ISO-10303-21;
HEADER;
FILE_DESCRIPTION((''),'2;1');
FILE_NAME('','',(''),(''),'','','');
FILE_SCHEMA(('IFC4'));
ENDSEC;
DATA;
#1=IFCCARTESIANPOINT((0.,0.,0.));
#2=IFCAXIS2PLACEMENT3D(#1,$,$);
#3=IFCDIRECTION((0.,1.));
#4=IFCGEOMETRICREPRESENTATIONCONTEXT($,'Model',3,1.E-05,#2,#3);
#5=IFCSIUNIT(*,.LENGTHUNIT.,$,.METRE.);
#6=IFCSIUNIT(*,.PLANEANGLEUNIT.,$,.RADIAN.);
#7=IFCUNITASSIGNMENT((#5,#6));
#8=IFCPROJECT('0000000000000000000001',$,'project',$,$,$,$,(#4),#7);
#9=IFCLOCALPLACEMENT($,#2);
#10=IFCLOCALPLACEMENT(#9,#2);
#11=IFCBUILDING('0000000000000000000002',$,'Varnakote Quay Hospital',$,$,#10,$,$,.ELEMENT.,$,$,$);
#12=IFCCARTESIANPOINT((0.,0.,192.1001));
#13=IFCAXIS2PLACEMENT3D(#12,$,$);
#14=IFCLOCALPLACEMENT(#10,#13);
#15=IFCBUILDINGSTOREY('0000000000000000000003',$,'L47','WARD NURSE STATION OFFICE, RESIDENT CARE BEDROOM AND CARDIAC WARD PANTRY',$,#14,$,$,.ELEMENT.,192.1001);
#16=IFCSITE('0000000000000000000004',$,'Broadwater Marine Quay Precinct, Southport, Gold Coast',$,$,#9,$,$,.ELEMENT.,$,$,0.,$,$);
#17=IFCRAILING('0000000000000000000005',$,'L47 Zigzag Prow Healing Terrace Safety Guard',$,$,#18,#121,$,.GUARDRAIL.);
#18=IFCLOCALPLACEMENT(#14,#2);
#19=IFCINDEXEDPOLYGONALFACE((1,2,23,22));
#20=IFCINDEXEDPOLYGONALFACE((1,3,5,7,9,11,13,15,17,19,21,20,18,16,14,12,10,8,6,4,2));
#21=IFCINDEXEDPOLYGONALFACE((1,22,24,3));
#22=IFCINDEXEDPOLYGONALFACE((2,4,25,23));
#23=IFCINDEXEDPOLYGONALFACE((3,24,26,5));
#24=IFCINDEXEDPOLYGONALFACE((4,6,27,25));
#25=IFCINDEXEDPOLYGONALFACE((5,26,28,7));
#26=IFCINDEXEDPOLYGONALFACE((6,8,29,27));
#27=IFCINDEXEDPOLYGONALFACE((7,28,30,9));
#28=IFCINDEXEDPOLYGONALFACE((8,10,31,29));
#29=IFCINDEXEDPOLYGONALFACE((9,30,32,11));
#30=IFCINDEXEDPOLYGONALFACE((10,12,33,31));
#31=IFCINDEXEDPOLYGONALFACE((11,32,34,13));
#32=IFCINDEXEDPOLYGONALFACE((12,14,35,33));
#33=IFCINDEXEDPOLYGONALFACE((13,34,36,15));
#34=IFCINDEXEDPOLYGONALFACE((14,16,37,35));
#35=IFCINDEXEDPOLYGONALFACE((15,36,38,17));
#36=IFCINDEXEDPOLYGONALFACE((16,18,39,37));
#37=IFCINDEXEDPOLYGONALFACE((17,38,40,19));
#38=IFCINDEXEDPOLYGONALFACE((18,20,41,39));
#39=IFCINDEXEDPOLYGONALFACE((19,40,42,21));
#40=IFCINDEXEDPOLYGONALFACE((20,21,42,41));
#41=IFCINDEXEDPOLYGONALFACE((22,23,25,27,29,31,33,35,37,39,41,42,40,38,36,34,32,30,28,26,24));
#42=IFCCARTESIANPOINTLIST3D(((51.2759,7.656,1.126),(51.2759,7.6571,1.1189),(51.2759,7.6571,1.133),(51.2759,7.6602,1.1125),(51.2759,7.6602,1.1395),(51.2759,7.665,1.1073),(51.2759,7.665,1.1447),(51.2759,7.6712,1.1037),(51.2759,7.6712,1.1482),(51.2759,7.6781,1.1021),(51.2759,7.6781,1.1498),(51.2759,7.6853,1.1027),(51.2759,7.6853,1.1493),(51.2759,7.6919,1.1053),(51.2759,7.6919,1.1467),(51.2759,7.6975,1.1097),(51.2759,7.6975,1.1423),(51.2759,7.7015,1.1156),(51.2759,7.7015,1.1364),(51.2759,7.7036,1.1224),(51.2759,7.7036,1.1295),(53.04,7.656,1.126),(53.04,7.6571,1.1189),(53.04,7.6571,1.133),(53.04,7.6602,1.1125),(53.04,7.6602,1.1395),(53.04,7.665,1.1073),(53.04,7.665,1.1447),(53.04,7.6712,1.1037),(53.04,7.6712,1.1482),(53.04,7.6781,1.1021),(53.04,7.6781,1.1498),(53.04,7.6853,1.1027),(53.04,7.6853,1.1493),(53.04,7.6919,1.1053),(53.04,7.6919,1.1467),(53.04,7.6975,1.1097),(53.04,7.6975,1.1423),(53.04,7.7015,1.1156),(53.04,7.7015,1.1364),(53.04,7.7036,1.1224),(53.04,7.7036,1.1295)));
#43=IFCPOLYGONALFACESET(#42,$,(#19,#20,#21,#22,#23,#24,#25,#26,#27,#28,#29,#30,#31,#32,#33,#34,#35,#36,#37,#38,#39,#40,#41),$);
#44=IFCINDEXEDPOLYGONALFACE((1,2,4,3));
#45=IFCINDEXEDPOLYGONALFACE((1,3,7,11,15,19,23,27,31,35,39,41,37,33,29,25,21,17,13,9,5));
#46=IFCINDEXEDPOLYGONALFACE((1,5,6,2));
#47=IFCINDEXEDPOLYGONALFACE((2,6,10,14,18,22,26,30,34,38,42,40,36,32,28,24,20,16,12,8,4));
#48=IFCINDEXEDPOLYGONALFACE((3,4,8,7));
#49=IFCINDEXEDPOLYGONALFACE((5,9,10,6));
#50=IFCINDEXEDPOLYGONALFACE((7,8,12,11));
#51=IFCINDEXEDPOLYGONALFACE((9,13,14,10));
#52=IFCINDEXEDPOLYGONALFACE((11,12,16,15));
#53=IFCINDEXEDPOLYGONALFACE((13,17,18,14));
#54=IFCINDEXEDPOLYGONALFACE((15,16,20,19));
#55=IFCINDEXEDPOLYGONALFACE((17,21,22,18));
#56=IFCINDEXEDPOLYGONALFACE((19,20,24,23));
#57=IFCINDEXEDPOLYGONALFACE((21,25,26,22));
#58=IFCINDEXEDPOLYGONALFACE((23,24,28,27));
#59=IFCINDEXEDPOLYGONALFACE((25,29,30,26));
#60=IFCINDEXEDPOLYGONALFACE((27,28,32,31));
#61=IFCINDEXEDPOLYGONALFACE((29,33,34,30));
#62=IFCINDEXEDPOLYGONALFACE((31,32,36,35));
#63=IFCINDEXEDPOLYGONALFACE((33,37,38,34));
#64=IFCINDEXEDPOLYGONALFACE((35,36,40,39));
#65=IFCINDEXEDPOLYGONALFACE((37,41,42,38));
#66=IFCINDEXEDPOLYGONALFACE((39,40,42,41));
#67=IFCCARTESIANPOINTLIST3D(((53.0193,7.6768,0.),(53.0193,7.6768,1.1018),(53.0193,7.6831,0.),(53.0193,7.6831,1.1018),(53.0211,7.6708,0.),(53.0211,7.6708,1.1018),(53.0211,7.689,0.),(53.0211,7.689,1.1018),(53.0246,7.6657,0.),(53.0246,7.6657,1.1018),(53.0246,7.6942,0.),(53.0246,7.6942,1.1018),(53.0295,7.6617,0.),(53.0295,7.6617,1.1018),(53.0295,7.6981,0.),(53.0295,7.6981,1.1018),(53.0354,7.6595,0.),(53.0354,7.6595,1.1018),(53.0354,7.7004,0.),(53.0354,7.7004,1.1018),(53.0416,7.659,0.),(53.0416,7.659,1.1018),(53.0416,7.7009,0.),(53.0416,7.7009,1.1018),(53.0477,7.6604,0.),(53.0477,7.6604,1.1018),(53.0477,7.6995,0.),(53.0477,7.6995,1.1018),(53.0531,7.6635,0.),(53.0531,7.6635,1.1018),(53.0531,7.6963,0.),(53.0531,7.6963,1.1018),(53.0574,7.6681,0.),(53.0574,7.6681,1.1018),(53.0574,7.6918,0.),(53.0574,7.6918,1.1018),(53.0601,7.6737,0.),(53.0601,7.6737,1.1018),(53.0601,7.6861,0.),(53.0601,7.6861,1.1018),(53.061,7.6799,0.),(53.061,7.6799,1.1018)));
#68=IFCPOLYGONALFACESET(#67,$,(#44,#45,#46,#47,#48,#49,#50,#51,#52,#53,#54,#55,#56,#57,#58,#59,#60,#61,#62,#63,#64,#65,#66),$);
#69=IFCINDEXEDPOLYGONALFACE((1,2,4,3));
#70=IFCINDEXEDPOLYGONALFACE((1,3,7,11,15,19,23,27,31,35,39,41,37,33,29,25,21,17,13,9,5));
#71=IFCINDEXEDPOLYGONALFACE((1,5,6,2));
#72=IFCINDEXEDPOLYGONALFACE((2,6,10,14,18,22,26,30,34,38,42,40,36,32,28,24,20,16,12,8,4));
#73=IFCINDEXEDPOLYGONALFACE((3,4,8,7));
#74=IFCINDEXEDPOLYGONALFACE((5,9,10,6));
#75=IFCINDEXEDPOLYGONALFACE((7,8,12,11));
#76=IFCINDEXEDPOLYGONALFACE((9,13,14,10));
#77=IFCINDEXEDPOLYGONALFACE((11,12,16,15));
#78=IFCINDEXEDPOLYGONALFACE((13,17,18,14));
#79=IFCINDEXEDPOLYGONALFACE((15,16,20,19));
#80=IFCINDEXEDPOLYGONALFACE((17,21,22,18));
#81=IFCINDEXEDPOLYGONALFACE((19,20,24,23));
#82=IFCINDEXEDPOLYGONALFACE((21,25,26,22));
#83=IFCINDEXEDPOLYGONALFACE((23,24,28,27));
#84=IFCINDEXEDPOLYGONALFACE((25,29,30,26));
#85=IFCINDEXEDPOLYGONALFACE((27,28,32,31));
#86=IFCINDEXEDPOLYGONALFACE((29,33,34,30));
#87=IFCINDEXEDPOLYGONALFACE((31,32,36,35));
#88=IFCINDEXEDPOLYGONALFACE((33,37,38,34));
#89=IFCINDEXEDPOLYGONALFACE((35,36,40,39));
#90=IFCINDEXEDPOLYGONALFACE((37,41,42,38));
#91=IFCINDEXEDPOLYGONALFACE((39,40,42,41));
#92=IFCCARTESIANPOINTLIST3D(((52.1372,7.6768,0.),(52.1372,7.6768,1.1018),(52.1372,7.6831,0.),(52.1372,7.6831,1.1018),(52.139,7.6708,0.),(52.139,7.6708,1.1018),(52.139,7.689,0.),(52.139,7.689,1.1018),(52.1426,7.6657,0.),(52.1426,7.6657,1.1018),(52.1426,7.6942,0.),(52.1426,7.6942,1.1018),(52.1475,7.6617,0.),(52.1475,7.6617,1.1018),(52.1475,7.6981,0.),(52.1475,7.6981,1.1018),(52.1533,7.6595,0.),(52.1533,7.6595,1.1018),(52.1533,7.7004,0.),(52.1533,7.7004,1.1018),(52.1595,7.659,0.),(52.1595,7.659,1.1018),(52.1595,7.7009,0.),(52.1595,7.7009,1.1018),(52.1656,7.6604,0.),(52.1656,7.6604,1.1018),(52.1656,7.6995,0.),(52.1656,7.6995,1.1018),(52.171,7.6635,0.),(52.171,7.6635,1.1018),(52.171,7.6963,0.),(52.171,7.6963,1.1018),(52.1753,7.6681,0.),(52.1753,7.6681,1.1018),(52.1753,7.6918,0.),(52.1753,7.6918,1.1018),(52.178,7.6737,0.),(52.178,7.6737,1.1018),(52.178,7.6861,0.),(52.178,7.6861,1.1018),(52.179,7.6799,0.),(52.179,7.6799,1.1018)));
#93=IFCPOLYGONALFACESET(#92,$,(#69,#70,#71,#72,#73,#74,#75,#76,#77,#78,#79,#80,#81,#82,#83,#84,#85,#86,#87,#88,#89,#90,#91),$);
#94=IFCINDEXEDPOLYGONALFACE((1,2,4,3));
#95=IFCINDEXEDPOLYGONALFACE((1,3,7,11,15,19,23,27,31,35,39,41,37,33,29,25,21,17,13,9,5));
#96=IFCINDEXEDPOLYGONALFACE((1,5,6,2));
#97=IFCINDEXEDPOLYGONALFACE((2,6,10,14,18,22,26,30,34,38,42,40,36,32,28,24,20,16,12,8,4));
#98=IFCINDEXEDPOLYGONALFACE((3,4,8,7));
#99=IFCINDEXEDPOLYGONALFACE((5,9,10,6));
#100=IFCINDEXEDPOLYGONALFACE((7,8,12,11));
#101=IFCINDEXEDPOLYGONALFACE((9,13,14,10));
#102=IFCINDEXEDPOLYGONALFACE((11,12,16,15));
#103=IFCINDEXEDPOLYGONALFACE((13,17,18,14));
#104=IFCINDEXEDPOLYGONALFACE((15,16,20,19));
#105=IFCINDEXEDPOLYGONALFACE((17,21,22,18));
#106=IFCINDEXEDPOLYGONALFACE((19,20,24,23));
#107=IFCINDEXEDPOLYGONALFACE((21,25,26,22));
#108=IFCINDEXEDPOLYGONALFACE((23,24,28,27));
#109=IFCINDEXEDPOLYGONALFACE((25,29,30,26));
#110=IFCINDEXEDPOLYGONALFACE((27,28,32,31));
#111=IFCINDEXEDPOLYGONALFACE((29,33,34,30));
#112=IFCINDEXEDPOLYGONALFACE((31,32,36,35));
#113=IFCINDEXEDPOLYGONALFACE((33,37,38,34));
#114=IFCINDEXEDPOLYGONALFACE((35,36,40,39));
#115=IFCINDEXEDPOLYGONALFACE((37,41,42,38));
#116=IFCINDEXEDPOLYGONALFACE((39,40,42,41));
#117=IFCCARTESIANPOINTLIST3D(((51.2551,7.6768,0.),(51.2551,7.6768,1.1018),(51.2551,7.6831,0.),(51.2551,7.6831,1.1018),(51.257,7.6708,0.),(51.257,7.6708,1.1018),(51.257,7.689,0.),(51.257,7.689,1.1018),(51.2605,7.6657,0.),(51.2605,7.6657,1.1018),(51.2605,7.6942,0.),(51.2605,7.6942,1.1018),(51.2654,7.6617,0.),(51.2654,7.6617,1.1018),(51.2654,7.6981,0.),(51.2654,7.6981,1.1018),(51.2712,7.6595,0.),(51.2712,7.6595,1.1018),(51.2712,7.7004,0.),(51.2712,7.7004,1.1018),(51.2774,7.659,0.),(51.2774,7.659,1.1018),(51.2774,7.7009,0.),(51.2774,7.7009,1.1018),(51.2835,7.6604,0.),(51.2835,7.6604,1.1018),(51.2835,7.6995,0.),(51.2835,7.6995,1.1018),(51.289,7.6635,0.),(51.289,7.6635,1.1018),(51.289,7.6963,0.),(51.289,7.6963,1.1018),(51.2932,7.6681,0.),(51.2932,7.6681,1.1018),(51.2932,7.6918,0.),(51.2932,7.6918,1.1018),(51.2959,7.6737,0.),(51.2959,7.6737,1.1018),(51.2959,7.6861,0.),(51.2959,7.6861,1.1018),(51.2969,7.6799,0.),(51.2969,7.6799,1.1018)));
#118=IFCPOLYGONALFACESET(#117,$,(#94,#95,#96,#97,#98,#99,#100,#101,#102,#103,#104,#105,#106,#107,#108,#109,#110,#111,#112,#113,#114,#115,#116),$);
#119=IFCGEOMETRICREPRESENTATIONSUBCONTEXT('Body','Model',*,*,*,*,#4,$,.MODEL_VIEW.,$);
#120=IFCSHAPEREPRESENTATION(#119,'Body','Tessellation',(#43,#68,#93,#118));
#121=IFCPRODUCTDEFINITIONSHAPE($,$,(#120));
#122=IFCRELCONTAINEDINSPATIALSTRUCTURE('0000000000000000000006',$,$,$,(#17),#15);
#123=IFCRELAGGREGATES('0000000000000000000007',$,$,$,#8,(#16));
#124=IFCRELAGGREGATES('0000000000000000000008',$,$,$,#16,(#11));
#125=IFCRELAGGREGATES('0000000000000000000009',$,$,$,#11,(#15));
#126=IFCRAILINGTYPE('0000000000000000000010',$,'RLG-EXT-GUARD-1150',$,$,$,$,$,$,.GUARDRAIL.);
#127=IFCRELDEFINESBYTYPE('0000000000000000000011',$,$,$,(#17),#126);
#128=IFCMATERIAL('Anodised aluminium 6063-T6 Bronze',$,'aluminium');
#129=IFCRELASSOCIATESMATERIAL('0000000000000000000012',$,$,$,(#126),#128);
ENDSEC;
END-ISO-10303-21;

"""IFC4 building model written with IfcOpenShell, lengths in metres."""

from ifc_helpers import new_model, si_unit, direction, frame, origin, origin_2d, place, context, subcontext, project, spatial, circle, extrude, material, type_object, element, save


model = new_model("IFC4")

# Units and contexts
model_context = context("Model", 3, precision=1e-05, world=origin(), true_north=direction((0.0, 1.0)))
body_context = subcontext(model_context, "Body", "Model", "MODEL_VIEW")
ifc_project = project(units=[si_unit("LENGTHUNIT", "METRE"), si_unit("PLANEANGLEUNIT", "RADIAN")], contexts=[model_context])

# Site, building, storey
site_placement = place(None, origin())
site = spatial("IfcSite", under=ifc_project, at=site_placement, Name="Broadwater Marine Quay Precinct, Southport, Gold Coast", CompositionType="ELEMENT", RefElevation=0.0)
building_placement = place(site_placement, origin())
building = spatial("IfcBuilding", under=site, at=building_placement, Name="Varnakote Quay Hospital", CompositionType="ELEMENT")
storey_placement = place(building_placement, frame((0.0, 0.0, 192.1001)))
storey = spatial("IfcBuildingStorey", under=building, at=storey_placement, Name="L47", Description="WARD NURSE STATION OFFICE, RESIDENT CARE BEDROOM AND CARDIAC WARD PANTRY", CompositionType="ELEMENT", Elevation=192.1001)

# Railing
ifc_material_1 = material(Name="Anodised aluminium 6063-T6 Bronze", Category="aluminium")
railing_type = type_object("IfcRailingType", Name="RLG-EXT-GUARD-1150", PredefinedType="GUARDRAIL", material=ifc_material_1)
railing_1_placement = place(storey_placement, frame((53.04, 7.6799, 0.0)))
element("IfcRailing", 1, at=railing_1_placement, inside=storey, type_object=railing_type, Name="L47 Zigzag Prow Healing Terrace Safety Guard", PredefinedType="GUARDRAIL", context=body_context, shape_type="SweptSolid", body=[
    extrude(circle(Radius=0.0239, at=origin_2d()), frame((0.0, 0.0, 1.126), z_axis=(-1.0, 0.0, 0.0), x_axis=(0.0, -1.0, 0.0)), (0.0, 0.0, 1.0), 1.7642),
    extrude(circle(Radius=0.021, at=origin_2d()), origin(), (0.0, 0.0, 1.0), 1.1018),
    extrude(circle(Radius=0.021, at=origin_2d()), frame((-0.8821, 0.0, 0.0)), (0.0, 0.0, 1.0), 1.1018),
    extrude(circle(Radius=0.021, at=origin_2d()), frame((-1.7642, 0.0, 0.0)), (0.0, 0.0, 1.0), 1.1018),
])

save(model, "model.ifc")
